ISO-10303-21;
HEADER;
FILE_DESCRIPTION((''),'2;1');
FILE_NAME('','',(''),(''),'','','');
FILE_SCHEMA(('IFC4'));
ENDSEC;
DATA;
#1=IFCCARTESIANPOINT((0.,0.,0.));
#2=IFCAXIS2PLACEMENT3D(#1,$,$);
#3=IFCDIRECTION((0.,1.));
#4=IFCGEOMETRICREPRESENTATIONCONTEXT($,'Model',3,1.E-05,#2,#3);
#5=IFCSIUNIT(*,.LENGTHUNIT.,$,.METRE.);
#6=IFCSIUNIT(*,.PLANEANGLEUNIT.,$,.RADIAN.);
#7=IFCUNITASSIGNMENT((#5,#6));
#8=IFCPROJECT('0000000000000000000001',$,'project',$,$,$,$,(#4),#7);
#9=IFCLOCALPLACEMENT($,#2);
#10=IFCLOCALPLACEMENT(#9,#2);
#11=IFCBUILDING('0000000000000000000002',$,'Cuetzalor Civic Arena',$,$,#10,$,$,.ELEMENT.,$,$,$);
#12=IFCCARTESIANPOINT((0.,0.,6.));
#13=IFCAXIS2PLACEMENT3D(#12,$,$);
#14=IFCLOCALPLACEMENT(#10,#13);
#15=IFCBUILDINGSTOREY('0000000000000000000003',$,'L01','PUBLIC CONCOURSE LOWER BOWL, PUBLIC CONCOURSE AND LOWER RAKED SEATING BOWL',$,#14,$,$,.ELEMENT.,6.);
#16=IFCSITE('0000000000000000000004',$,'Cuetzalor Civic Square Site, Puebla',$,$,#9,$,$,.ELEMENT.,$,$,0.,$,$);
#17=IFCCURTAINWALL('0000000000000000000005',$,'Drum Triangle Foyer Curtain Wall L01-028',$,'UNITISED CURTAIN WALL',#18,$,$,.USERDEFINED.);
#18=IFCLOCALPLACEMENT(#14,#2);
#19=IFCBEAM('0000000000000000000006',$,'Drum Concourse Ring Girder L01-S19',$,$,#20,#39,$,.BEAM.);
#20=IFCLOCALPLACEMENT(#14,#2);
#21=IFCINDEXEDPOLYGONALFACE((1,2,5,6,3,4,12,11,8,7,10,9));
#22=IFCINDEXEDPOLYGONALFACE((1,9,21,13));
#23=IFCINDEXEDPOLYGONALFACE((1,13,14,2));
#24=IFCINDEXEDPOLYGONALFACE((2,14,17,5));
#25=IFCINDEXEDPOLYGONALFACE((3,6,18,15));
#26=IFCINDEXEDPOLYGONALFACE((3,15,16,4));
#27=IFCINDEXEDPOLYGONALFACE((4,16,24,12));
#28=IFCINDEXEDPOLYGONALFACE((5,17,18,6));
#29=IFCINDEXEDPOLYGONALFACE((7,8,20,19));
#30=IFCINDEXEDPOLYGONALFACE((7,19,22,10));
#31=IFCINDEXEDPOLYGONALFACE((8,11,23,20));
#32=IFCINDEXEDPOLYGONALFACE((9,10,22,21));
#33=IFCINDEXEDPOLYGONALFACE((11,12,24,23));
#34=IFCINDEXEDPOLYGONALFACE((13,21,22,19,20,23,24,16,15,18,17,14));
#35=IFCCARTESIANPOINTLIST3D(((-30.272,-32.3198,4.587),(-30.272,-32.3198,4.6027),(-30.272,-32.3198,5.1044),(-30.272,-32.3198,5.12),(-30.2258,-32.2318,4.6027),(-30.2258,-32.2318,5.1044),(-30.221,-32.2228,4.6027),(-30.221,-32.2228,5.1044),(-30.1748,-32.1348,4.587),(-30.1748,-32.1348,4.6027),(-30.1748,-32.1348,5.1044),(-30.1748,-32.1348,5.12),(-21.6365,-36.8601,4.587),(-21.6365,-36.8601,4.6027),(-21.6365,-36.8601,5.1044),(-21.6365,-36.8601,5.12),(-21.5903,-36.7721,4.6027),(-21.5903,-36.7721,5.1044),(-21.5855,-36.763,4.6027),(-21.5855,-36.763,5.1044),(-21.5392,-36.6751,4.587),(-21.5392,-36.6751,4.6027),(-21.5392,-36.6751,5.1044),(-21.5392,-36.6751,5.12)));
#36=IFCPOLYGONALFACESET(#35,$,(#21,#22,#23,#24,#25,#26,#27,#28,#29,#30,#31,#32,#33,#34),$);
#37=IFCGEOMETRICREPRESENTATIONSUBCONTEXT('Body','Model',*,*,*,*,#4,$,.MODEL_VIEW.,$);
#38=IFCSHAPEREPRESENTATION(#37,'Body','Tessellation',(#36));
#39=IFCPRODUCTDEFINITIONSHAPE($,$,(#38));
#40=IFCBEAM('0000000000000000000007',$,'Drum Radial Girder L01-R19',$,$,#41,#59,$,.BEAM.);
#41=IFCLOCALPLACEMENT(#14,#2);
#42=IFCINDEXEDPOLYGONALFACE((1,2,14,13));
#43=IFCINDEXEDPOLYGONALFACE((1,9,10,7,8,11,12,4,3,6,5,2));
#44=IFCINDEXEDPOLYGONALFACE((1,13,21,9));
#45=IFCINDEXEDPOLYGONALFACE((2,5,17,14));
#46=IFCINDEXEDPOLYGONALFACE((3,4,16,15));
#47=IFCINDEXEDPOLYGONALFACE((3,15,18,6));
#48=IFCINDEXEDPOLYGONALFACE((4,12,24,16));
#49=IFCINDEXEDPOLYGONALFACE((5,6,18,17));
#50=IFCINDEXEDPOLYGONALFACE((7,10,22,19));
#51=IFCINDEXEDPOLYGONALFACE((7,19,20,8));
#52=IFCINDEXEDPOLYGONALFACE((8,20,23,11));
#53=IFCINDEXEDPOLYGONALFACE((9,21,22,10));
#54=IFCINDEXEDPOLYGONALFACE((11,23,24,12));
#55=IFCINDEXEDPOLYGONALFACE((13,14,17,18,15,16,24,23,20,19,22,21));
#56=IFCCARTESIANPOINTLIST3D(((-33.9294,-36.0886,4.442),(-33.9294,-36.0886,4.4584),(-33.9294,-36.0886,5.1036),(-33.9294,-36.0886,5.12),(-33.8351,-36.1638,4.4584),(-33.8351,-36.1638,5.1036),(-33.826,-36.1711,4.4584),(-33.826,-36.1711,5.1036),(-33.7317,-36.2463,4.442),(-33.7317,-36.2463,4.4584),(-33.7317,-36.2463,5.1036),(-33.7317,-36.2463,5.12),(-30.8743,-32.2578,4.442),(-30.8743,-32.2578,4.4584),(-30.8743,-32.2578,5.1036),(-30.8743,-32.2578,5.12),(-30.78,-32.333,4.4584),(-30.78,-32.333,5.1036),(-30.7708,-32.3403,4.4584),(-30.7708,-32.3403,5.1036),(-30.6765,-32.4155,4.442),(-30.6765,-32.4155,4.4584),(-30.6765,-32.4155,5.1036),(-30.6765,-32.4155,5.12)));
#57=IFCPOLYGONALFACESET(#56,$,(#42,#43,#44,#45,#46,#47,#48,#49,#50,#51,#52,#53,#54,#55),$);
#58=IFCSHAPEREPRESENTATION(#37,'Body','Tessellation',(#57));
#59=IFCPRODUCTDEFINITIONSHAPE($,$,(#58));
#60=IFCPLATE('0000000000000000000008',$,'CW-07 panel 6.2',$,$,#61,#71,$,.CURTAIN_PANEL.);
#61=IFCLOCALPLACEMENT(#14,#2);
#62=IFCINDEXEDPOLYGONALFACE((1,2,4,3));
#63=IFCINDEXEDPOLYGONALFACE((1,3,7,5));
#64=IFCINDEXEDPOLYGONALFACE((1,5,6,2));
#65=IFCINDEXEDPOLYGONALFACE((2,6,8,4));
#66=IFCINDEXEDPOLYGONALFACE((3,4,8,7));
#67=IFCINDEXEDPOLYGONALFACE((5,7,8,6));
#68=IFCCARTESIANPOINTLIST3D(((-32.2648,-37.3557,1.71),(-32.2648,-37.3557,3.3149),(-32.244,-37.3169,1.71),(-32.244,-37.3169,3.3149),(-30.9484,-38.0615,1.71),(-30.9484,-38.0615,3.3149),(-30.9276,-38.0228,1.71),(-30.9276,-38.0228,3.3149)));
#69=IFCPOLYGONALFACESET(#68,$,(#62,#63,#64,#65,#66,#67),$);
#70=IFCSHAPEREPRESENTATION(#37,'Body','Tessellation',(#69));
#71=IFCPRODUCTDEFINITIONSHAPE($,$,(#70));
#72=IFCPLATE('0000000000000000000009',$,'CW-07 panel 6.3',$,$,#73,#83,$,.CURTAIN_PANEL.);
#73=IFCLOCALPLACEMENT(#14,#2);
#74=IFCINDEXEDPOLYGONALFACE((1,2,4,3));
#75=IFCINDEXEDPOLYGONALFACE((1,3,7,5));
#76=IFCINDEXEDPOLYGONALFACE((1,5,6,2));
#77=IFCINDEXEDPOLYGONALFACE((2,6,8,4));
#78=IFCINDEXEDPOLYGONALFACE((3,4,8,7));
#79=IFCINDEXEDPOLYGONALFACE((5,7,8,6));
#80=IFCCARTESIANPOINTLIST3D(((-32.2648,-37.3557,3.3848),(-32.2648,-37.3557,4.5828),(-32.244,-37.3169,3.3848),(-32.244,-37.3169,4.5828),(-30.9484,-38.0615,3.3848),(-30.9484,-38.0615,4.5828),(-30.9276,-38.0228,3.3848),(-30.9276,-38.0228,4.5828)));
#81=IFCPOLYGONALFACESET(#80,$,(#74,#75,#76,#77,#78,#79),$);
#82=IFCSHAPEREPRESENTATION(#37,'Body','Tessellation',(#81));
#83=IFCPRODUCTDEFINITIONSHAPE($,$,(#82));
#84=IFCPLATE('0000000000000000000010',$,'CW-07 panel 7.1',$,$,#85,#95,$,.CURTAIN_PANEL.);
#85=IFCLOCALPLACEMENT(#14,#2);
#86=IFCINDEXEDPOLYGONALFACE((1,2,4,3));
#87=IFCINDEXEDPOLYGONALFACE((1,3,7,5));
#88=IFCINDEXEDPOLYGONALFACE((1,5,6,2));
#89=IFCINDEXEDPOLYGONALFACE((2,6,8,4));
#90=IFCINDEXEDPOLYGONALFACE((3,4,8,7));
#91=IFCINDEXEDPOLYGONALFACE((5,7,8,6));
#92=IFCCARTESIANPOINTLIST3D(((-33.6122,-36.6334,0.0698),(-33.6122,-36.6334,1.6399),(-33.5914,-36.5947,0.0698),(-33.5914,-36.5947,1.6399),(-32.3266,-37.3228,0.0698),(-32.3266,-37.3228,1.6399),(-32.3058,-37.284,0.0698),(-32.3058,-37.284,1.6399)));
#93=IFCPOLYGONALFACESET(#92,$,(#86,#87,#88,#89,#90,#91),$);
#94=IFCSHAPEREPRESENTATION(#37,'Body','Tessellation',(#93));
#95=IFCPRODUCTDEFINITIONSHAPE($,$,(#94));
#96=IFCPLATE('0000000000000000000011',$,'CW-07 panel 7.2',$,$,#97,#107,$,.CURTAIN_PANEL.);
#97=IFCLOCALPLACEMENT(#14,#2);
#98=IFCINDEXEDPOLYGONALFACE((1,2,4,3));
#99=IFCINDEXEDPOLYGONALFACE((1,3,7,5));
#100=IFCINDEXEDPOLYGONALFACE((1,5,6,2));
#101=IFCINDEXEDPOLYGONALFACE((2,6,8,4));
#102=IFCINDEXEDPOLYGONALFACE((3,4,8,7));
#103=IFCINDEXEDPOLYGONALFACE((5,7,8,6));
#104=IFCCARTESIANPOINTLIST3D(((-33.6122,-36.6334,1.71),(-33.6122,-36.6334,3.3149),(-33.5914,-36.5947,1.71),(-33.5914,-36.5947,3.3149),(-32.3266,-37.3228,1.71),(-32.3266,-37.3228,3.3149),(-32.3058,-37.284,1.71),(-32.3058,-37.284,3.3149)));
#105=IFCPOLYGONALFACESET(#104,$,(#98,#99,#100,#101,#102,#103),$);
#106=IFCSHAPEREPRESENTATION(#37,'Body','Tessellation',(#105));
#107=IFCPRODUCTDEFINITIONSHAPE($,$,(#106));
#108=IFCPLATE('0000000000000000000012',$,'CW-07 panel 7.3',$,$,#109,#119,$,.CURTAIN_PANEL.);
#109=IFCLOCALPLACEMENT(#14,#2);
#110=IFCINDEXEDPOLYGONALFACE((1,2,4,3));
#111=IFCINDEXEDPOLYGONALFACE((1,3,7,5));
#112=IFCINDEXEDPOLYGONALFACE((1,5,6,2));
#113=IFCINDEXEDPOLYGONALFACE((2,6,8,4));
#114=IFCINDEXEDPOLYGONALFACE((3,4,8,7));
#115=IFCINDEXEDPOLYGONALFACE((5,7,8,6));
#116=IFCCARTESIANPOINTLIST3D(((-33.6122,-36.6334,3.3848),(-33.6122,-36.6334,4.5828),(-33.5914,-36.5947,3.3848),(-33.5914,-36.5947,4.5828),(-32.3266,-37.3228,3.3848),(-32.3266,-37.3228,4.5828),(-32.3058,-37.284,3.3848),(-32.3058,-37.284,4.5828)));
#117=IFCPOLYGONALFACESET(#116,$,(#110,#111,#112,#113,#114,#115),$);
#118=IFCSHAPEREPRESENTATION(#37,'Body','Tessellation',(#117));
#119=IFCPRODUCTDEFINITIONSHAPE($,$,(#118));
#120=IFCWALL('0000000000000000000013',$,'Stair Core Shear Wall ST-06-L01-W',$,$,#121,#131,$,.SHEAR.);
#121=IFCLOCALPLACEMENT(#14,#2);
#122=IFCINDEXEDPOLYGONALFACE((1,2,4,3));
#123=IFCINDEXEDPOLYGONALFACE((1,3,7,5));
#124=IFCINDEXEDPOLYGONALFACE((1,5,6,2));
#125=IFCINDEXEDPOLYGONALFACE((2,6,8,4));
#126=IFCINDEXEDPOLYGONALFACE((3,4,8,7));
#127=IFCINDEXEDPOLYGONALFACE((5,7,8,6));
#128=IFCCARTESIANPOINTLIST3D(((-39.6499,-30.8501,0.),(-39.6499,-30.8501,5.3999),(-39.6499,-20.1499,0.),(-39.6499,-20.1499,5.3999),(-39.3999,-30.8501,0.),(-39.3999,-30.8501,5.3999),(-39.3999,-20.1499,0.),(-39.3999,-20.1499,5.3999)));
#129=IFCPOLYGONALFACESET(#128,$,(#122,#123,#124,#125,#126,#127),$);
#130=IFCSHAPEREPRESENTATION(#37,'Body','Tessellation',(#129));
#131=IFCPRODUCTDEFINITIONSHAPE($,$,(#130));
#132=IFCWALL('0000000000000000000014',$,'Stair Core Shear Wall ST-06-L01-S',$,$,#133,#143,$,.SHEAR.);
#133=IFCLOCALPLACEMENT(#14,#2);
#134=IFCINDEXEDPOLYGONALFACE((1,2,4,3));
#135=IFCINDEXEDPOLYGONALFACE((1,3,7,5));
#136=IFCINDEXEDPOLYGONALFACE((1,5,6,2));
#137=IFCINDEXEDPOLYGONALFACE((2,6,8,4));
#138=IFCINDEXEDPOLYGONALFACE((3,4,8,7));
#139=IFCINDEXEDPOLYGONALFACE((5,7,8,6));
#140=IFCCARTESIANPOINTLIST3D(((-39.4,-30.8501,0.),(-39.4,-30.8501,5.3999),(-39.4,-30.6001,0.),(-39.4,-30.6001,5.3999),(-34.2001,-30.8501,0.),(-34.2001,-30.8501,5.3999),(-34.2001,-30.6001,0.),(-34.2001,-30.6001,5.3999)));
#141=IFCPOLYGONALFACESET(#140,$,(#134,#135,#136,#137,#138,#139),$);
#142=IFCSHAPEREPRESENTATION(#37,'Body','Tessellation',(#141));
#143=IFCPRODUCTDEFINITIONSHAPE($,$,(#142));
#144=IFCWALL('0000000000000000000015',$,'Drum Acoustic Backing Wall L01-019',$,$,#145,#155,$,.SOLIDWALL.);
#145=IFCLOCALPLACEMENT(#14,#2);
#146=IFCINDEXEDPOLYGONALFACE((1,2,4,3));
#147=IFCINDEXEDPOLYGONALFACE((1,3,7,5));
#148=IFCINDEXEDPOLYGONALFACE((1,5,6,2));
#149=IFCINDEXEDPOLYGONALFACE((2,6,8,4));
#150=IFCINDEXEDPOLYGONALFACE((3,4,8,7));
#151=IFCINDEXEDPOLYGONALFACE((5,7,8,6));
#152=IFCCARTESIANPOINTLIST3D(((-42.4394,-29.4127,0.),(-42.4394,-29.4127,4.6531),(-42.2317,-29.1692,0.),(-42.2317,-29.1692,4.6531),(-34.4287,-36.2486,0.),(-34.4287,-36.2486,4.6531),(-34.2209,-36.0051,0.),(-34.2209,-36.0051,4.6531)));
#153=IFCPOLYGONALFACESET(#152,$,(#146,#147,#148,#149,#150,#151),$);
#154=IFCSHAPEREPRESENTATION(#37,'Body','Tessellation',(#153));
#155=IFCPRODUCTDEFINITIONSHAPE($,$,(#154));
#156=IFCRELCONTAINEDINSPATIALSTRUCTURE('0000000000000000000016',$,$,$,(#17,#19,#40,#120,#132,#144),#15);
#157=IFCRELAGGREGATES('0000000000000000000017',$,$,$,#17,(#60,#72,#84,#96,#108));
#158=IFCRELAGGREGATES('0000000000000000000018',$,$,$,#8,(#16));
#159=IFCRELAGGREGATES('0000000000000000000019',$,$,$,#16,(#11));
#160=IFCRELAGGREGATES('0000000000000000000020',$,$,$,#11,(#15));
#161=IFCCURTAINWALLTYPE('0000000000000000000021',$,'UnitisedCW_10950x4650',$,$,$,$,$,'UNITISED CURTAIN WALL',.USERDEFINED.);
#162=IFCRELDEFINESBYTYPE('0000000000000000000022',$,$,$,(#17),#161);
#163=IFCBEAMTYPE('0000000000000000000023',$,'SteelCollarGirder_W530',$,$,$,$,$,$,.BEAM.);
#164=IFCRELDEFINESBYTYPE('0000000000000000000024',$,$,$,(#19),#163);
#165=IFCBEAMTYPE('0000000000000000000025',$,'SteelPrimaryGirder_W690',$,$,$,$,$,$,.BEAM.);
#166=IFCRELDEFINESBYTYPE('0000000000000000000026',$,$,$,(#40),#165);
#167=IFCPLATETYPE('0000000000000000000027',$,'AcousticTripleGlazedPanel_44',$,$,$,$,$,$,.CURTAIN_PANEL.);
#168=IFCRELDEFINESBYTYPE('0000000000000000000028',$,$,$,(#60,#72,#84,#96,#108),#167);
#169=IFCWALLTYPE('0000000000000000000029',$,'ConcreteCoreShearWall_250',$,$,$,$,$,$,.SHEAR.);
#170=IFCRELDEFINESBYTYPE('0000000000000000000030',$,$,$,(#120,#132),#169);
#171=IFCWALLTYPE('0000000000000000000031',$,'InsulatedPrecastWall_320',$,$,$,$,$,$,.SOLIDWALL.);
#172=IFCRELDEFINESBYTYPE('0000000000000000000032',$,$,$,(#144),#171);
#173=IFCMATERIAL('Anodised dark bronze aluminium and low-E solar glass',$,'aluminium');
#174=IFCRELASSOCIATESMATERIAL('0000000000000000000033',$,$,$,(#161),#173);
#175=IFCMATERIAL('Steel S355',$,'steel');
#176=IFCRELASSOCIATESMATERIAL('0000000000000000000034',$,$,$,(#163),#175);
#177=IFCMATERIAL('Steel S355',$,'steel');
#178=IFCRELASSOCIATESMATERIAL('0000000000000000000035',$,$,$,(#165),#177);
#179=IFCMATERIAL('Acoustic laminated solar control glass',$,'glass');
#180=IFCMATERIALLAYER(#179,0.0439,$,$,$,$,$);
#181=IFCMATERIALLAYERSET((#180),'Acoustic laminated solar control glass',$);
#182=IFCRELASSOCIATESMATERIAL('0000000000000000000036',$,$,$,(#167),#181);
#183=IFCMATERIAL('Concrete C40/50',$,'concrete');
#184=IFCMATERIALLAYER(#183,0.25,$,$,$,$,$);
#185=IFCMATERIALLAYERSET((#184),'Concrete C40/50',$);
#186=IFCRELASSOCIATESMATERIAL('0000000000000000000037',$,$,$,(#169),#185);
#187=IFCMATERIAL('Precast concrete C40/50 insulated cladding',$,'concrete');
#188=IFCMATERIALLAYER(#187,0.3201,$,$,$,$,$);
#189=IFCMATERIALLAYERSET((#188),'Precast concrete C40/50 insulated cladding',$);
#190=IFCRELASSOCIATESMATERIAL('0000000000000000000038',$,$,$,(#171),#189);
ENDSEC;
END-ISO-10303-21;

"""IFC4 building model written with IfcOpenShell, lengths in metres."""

from ifc_helpers import new_model, si_unit, direction, frame, frame_2d, origin, origin_2d, place, context, subcontext, project, spatial, rectangle, i_section, extrude, material, layer, layer_set, material_profile, profile_set, type_object, element, aggregate, save


model = new_model("IFC4")

# Units and contexts
model_context = context("Model", 3, precision=1e-05, world=origin(), true_north=direction((0.0, 1.0)))
body_context = subcontext(model_context, "Body", "Model", "MODEL_VIEW")
ifc_project = project(units=[si_unit("LENGTHUNIT", "METRE"), si_unit("PLANEANGLEUNIT", "RADIAN")], contexts=[model_context])

# Site, building, storey
site_placement = place(None, origin())
site = spatial("IfcSite", under=ifc_project, at=site_placement, Name="Cuetzalor Civic Square Site, Puebla", CompositionType="ELEMENT", RefElevation=0.0)
building_placement = place(site_placement, origin())
building = spatial("IfcBuilding", under=site, at=building_placement, Name="Cuetzalor Civic Arena", CompositionType="ELEMENT")
storey_placement = place(building_placement, frame((0.0, 0.0, 6.0)))
storey = spatial("IfcBuildingStorey", under=building, at=storey_placement, Name="L01", Description="PUBLIC CONCOURSE LOWER BOWL, PUBLIC CONCOURSE AND LOWER RAKED SEATING BOWL", CompositionType="ELEMENT", Elevation=6.0)

# Curtain wall
ifc_material_1 = material(Name="Anodised dark bronze aluminium and low-E solar glass", Category="aluminium")
curtain_wall_type = type_object("IfcCurtainWallType", Name="UnitisedCW_10950x4650", ElementType="UNITISED CURTAIN WALL", PredefinedType="USERDEFINED", material=ifc_material_1)
curtain_wall_placement = place(storey_placement, origin())
curtain_wall = element("IfcCurtainWall", 1, at=curtain_wall_placement, inside=storey, type_object=curtain_wall_type, Name="Drum Triangle Foyer Curtain Wall L01-028", ObjectType="UNITISED CURTAIN WALL", PredefinedType="USERDEFINED")

# Beams
ifc_material_2 = material(Name="Steel S355", Category="steel")
ifc_material_profile_1 = material_profile(ifc_material_2, i_section(OverallWidth=0.209, OverallDepth=0.533, WebThickness=0.0103, FlangeThickness=0.0156, at=origin_2d()), Name="W530x92")
ifc_profile_set_1 = profile_set([ifc_material_profile_1], Name="Steel S355")
beam_type_1 = type_object("IfcBeamType", Name="SteelCollarGirder_W530", PredefinedType="BEAM", material=ifc_profile_set_1)
beam_1_placement = place(storey_placement, frame((-30.2234, -32.2273, 4.8535), z_axis=(0.885117, -0.465368, 0.0), x_axis=(0.465368, 0.885117, 0.0)))
element("IfcBeam", 2, at=beam_1_placement, inside=storey, type_object=beam_type_1, Name="Drum Concourse Ring Girder L01-S19", PredefinedType="BEAM", context=body_context, shape_type="SweptSolid", body=[
    extrude(i_section(OverallWidth=0.209, OverallDepth=0.533, WebThickness=0.0103, FlangeThickness=0.0156, at=origin_2d()), origin(), (0.0, 0.0, 1.0), 9.7563),
])
ifc_material_3 = material(Name="Steel S355", Category="steel")
ifc_material_profile_2 = material_profile(ifc_material_3, i_section(OverallWidth=0.2529, OverallDepth=0.678, WebThickness=0.0117, FlangeThickness=0.0164, at=origin_2d()), Name="W690x125")
ifc_profile_set_2 = profile_set([ifc_material_profile_2], Name="Steel S355")
beam_type_2 = type_object("IfcBeamType", Name="SteelPrimaryGirder_W690", PredefinedType="BEAM", material=ifc_profile_set_2)
beam_2_placement = place(storey_placement, frame((-30.7754, -32.3367, 4.781), z_axis=(-0.623516, -0.781811, 0.0), x_axis=(0.781811, -0.623516, 0.0)))
element("IfcBeam", 3, at=beam_2_placement, inside=storey, type_object=beam_type_2, Name="Drum Radial Girder L01-R19", PredefinedType="BEAM", context=body_context, shape_type="SweptSolid", body=[
    extrude(i_section(OverallWidth=0.2529, OverallDepth=0.678, WebThickness=0.0117, FlangeThickness=0.0164, at=origin_2d()), origin(), (0.0, 0.0, 1.0), 4.8999),
])

# Plates
ifc_material_4 = material(Name="Acoustic laminated solar control glass", Category="glass")
ifc_layer_1 = layer(ifc_material_4, 0.0439)
ifc_layer_set_1 = layer_set([ifc_layer_1], Name="Acoustic laminated solar control glass")
plate_type = type_object("IfcPlateType", Name="AcousticTripleGlazedPanel_44", PredefinedType="CURTAIN_PANEL", material=ifc_layer_set_1)
plate_1_placement = place(storey_placement, frame((-31.5962, -37.6892, 1.71), z_axis=(0.0, 0.0, 1.0), x_axis=(-0.881306, 0.472545, 0.0)))
plate_1 = element("IfcPlate", 4, at=plate_1_placement, type_object=plate_type, Name="CW-07 panel 6.2", PredefinedType="CURTAIN_PANEL", context=body_context, shape_type="SweptSolid", body=[
    extrude(rectangle(XDim=1.4937, YDim=0.0439, at=origin_2d()), origin(), (0.0, 0.0, 1.0), 1.605),
])
plate_2_placement = place(storey_placement, frame((-31.5962, -37.6892, 3.3848), z_axis=(0.0, 0.0, 1.0), x_axis=(-0.881306, 0.472545, 0.0)))
plate_2 = element("IfcPlate", 5, at=plate_2_placement, type_object=plate_type, Name="CW-07 panel 6.3", PredefinedType="CURTAIN_PANEL", context=body_context, shape_type="SweptSolid", body=[
    extrude(rectangle(XDim=1.4937, YDim=0.0439, at=origin_2d()), origin(), (0.0, 0.0, 1.0), 1.198),
])
plate_3_placement = place(storey_placement, frame((-32.959, -36.9587, 0.0698), z_axis=(0.0, 0.0, 1.0), x_axis=(-0.881306, 0.472545, 0.0)))
plate_3 = element("IfcPlate", 6, at=plate_3_placement, type_object=plate_type, Name="CW-07 panel 7.1", PredefinedType="CURTAIN_PANEL", context=body_context, shape_type="SweptSolid", body=[
    extrude(rectangle(XDim=1.4587, YDim=0.0439, at=origin_2d()), origin(), (0.0, 0.0, 1.0), 1.5701),
])
plate_4_placement = place(storey_placement, frame((-32.959, -36.9587, 1.71), z_axis=(0.0, 0.0, 1.0), x_axis=(-0.881306, 0.472545, 0.0)))
plate_4 = element("IfcPlate", 7, at=plate_4_placement, type_object=plate_type, Name="CW-07 panel 7.2", PredefinedType="CURTAIN_PANEL", context=body_context, shape_type="SweptSolid", body=[
    extrude(rectangle(XDim=1.4587, YDim=0.0439, at=origin_2d()), origin(), (0.0, 0.0, 1.0), 1.605),
])
plate_5_placement = place(storey_placement, frame((-32.959, -36.9587, 3.3848), z_axis=(0.0, 0.0, 1.0), x_axis=(-0.881306, 0.472545, 0.0)))
plate_5 = element("IfcPlate", 8, at=plate_5_placement, type_object=plate_type, Name="CW-07 panel 7.3", PredefinedType="CURTAIN_PANEL", context=body_context, shape_type="SweptSolid", body=[
    extrude(rectangle(XDim=1.4587, YDim=0.0439, at=origin_2d()), origin(), (0.0, 0.0, 1.0), 1.198),
])
aggregate(curtain_wall, [plate_1, plate_2, plate_3, plate_4, plate_5])

# Walls
ifc_material_5 = material(Name="Concrete C40/50", Category="concrete")
ifc_layer_2 = layer(ifc_material_5, 0.25)
ifc_layer_set_2 = layer_set([ifc_layer_2], Name="Concrete C40/50")
wall_type_1 = type_object("IfcWallType", Name="ConcreteCoreShearWall_250", PredefinedType="SHEAR", material=ifc_layer_set_2)
wall_1_placement = place(storey_placement, frame((-39.5249, -30.8501, 0.0), z_axis=(0.0, 0.0, 1.0), x_axis=(0.0, 1.0, 0.0)))
element("IfcWall", 9, at=wall_1_placement, inside=storey, type_object=wall_type_1, Name="Stair Core Shear Wall ST-06-L01-W", PredefinedType="SHEAR", context=body_context, shape_type="SweptSolid", body=[
    extrude(rectangle(XDim=10.7002, YDim=0.25, at=frame_2d((5.3501, 0.0))), origin(), (0.0, 0.0, 1.0), 5.3999),
])
wall_2_placement = place(storey_placement, frame((-34.2, -30.7251, 0.0), z_axis=(0.0, 0.0, 1.0), x_axis=(-1.0, 0.0, 0.0)))
element("IfcWall", 10, at=wall_2_placement, inside=storey, type_object=wall_type_1, Name="Stair Core Shear Wall ST-06-L01-S", PredefinedType="SHEAR", context=body_context, shape_type="SweptSolid", body=[
    extrude(rectangle(XDim=5.2, YDim=0.25, at=frame_2d((2.6001, 0.0))), origin(), (0.0, 0.0, 1.0), 5.3999),
])
ifc_material_6 = material(Name="Precast concrete C40/50 insulated cladding", Category="concrete")
ifc_layer_3 = layer(ifc_material_6, 0.3201)
ifc_layer_set_3 = layer_set([ifc_layer_3], Name="Precast concrete C40/50 insulated cladding")
wall_type_2 = type_object("IfcWallType", Name="InsulatedPrecastWall_320", PredefinedType="SOLIDWALL", material=ifc_layer_set_3)
wall_3_placement = place(storey_placement, frame((-34.3247, -36.127, 0.0), z_axis=(0.0, 0.0, 1.0), x_axis=(-0.760682, 0.649125, 0.0)))
element("IfcWall", 11, at=wall_3_placement, inside=storey, type_object=wall_type_2, Name="Drum Acoustic Backing Wall L01-019", PredefinedType="SOLIDWALL", context=body_context, shape_type="SweptSolid", body=[
    extrude(rectangle(XDim=10.531, YDim=0.3201, at=frame_2d((5.2656, 0.0))), origin(), (0.0, 0.0, 1.0), 4.6531),
])

save(model, "model.ifc")
